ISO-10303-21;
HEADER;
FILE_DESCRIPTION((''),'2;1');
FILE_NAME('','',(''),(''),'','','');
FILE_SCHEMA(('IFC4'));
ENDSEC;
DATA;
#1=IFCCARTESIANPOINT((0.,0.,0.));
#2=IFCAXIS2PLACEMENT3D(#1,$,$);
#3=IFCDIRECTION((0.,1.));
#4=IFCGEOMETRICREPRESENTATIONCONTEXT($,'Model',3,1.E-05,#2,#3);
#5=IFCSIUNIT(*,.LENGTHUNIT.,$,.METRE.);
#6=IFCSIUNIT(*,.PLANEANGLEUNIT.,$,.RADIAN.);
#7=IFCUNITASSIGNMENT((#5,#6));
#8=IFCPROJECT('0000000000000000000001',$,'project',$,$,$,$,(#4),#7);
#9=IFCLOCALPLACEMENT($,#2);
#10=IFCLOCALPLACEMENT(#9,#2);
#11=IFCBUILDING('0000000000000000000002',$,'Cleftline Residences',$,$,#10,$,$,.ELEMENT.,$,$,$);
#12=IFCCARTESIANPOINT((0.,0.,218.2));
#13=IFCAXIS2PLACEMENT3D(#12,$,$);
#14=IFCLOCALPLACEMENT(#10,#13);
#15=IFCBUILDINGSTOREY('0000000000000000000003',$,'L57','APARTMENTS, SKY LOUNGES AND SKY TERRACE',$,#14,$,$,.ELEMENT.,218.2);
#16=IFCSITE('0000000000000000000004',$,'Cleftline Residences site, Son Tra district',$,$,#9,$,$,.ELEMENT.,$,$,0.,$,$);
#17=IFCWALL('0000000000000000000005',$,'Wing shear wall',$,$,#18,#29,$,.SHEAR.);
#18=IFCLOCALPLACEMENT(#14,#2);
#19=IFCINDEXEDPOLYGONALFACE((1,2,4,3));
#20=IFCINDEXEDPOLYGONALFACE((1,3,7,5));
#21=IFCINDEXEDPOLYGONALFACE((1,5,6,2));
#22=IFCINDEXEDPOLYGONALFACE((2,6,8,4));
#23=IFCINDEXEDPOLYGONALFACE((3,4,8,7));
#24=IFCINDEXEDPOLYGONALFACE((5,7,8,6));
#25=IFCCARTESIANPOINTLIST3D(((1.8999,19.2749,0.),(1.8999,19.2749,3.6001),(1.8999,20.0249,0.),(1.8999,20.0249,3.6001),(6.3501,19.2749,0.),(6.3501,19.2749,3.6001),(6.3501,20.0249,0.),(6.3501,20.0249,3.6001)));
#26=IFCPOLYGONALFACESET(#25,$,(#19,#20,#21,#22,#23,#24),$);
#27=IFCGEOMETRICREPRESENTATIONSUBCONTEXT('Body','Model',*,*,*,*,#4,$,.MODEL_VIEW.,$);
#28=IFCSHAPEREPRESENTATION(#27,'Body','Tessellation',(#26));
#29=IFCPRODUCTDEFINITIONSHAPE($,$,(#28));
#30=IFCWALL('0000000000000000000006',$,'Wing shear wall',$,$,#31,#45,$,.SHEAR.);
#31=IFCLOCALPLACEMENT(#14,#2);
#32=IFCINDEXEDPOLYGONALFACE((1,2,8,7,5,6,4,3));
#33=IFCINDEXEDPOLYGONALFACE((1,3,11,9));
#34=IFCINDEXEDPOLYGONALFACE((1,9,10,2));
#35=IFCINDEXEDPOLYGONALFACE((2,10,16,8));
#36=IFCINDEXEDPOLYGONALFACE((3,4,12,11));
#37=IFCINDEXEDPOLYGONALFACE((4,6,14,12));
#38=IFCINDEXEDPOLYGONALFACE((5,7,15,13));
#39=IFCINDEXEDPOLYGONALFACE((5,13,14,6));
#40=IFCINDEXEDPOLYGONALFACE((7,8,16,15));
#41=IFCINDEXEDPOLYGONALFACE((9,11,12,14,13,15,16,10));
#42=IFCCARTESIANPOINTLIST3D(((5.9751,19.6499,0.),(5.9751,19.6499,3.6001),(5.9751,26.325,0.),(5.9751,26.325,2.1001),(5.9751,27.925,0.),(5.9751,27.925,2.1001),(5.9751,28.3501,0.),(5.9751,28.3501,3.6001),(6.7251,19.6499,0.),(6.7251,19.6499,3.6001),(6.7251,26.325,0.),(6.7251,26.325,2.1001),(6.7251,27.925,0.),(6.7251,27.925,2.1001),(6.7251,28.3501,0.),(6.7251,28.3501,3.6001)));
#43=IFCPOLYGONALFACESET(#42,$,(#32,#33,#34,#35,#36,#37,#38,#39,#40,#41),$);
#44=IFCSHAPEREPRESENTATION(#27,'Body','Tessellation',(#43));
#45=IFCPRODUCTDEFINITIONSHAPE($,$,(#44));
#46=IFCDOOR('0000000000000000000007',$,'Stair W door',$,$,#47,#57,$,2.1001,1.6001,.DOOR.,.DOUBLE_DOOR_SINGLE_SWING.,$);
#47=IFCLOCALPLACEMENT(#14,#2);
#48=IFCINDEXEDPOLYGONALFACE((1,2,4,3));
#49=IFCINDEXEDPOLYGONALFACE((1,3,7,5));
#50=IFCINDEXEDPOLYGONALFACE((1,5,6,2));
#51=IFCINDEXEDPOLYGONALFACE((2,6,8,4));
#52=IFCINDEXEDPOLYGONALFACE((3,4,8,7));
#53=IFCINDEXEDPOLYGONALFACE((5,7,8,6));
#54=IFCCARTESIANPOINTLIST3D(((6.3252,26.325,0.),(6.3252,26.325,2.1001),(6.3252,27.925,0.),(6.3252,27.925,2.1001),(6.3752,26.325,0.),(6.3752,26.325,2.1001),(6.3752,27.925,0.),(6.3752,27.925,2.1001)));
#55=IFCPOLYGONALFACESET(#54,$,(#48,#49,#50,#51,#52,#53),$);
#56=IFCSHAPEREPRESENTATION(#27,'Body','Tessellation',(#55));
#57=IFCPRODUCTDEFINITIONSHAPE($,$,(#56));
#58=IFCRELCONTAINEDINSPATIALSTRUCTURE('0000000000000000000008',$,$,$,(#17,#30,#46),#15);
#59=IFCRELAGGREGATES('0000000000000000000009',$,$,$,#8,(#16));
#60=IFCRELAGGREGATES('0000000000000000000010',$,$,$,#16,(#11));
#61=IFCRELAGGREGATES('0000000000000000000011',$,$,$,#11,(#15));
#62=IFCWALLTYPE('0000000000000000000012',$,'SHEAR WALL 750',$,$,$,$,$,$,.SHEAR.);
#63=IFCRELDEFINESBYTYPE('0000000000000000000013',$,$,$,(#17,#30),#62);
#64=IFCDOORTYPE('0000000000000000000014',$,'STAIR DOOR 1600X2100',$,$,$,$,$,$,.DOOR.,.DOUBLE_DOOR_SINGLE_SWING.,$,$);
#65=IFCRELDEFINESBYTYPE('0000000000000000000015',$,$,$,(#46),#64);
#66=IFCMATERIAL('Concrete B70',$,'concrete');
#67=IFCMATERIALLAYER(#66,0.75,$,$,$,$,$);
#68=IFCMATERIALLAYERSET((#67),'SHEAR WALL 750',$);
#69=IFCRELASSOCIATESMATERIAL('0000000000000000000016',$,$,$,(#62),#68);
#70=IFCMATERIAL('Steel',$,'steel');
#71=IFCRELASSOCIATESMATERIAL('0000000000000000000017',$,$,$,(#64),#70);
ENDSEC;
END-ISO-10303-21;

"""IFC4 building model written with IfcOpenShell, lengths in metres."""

from ifc_helpers import new_model, si_unit, direction, frame, frame_2d, origin, place, context, subcontext, project, spatial, rectangle, extrude, material, layer, layer_set, type_object, element, fill, save


model = new_model("IFC4")

# Units and contexts
model_context = context("Model", 3, precision=1e-05, world=origin(), true_north=direction((0.0, 1.0)))
body_context = subcontext(model_context, "Body", "Model", "MODEL_VIEW")
ifc_project = project(units=[si_unit("LENGTHUNIT", "METRE"), si_unit("PLANEANGLEUNIT", "RADIAN")], contexts=[model_context])

# Site, building, storey
site_placement = place(None, origin())
site = spatial("IfcSite", under=ifc_project, at=site_placement, Name="Cleftline Residences site, Son Tra district", CompositionType="ELEMENT", RefElevation=0.0)
building_placement = place(site_placement, origin())
building = spatial("IfcBuilding", under=site, at=building_placement, Name="Cleftline Residences", CompositionType="ELEMENT")
storey_placement = place(building_placement, frame((0.0, 0.0, 218.2)))
storey = spatial("IfcBuildingStorey", under=building, at=storey_placement, Name="L57", Description="APARTMENTS, SKY LOUNGES AND SKY TERRACE", CompositionType="ELEMENT", Elevation=218.2)

# Wall
ifc_material_1 = material(Name="Concrete B70", Category="concrete")
ifc_layer_1 = layer(ifc_material_1, 0.75)
ifc_layer_set_1 = layer_set([ifc_layer_1], Name="SHEAR WALL 750")
wall_type_1 = type_object("IfcWallType", Name="SHEAR WALL 750", PredefinedType="SHEAR", material=ifc_layer_set_1)
wall_1_placement = place(storey_placement, frame((1.8999, 19.6499, 0.0), z_axis=(0.0, 0.0, 1.0), x_axis=(1.0, 0.0, 0.0)))
element("IfcWall", 1, at=wall_1_placement, inside=storey, type_object=wall_type_1, Name="Wing shear wall", PredefinedType="SHEAR", context=body_context, shape_type="SweptSolid", body=[
    extrude(rectangle(XDim=4.4502, YDim=0.75, at=frame_2d((2.2251, 0.0))), origin(), (0.0, 0.0, 1.0), 3.6001),
])

# Wall, opening, door
wall_2_placement = place(storey_placement, frame((6.3501, 19.6499, 0.0), z_axis=(0.0, 0.0, 1.0), x_axis=(0.0, 1.0, 0.0)))
wall_2 = element("IfcWall", 2, at=wall_2_placement, inside=storey, type_object=wall_type_1, Name="Wing shear wall", PredefinedType="SHEAR", context=body_context, shape_type="SweptSolid", body=[
    extrude(rectangle(XDim=8.7002, YDim=0.75, at=frame_2d((4.3501, 0.0))), origin(), (0.0, 0.0, 1.0), 3.6001),
])
opening_1_placement = place(wall_2_placement, frame((6.675, 0.0, 0.0)))
opening_1 = element("IfcOpeningElement", 3, at=opening_1_placement, cuts=wall_2, PredefinedType="OPENING", context=body_context, shape_type="SweptSolid", body=[
    extrude(rectangle(XDim=1.6001, YDim=2.1001, at=frame_2d((0.8, 1.05))), frame((0.0, 0.385, 0.0), z_axis=(0.0, -1.0, 0.0), x_axis=(1.0, 0.0, 0.0)), (0.0, 0.0, 1.0), 0.77),
])
ifc_material_2 = material(Name="Steel", Category="steel")
door_type_1 = type_object("IfcDoorType", Name="STAIR DOOR 1600X2100", OperationType="DOUBLE_DOOR_SINGLE_SWING", PredefinedType="DOOR", material=ifc_material_2)
door_1_placement = place(opening_1_placement, origin())
door_1 = element("IfcDoor", 4, at=door_1_placement, inside=storey, type_object=door_type_1, Name="Stair W door", OperationType="DOUBLE_DOOR_SINGLE_SWING", OverallHeight=2.1001, OverallWidth=1.6001, PredefinedType="DOOR", context=body_context, shape_type="SweptSolid", body=[
    extrude(rectangle(XDim=1.6001, YDim=2.1001, at=frame_2d((0.8, 1.05))), frame((0.0, 0.0249, 0.0), z_axis=(0.0, -1.0, 0.0), x_axis=(1.0, 0.0, 0.0)), (0.0, 0.0, 1.0), 0.05),
])
fill(opening_1, door_1)

save(model, "model.ifc")
